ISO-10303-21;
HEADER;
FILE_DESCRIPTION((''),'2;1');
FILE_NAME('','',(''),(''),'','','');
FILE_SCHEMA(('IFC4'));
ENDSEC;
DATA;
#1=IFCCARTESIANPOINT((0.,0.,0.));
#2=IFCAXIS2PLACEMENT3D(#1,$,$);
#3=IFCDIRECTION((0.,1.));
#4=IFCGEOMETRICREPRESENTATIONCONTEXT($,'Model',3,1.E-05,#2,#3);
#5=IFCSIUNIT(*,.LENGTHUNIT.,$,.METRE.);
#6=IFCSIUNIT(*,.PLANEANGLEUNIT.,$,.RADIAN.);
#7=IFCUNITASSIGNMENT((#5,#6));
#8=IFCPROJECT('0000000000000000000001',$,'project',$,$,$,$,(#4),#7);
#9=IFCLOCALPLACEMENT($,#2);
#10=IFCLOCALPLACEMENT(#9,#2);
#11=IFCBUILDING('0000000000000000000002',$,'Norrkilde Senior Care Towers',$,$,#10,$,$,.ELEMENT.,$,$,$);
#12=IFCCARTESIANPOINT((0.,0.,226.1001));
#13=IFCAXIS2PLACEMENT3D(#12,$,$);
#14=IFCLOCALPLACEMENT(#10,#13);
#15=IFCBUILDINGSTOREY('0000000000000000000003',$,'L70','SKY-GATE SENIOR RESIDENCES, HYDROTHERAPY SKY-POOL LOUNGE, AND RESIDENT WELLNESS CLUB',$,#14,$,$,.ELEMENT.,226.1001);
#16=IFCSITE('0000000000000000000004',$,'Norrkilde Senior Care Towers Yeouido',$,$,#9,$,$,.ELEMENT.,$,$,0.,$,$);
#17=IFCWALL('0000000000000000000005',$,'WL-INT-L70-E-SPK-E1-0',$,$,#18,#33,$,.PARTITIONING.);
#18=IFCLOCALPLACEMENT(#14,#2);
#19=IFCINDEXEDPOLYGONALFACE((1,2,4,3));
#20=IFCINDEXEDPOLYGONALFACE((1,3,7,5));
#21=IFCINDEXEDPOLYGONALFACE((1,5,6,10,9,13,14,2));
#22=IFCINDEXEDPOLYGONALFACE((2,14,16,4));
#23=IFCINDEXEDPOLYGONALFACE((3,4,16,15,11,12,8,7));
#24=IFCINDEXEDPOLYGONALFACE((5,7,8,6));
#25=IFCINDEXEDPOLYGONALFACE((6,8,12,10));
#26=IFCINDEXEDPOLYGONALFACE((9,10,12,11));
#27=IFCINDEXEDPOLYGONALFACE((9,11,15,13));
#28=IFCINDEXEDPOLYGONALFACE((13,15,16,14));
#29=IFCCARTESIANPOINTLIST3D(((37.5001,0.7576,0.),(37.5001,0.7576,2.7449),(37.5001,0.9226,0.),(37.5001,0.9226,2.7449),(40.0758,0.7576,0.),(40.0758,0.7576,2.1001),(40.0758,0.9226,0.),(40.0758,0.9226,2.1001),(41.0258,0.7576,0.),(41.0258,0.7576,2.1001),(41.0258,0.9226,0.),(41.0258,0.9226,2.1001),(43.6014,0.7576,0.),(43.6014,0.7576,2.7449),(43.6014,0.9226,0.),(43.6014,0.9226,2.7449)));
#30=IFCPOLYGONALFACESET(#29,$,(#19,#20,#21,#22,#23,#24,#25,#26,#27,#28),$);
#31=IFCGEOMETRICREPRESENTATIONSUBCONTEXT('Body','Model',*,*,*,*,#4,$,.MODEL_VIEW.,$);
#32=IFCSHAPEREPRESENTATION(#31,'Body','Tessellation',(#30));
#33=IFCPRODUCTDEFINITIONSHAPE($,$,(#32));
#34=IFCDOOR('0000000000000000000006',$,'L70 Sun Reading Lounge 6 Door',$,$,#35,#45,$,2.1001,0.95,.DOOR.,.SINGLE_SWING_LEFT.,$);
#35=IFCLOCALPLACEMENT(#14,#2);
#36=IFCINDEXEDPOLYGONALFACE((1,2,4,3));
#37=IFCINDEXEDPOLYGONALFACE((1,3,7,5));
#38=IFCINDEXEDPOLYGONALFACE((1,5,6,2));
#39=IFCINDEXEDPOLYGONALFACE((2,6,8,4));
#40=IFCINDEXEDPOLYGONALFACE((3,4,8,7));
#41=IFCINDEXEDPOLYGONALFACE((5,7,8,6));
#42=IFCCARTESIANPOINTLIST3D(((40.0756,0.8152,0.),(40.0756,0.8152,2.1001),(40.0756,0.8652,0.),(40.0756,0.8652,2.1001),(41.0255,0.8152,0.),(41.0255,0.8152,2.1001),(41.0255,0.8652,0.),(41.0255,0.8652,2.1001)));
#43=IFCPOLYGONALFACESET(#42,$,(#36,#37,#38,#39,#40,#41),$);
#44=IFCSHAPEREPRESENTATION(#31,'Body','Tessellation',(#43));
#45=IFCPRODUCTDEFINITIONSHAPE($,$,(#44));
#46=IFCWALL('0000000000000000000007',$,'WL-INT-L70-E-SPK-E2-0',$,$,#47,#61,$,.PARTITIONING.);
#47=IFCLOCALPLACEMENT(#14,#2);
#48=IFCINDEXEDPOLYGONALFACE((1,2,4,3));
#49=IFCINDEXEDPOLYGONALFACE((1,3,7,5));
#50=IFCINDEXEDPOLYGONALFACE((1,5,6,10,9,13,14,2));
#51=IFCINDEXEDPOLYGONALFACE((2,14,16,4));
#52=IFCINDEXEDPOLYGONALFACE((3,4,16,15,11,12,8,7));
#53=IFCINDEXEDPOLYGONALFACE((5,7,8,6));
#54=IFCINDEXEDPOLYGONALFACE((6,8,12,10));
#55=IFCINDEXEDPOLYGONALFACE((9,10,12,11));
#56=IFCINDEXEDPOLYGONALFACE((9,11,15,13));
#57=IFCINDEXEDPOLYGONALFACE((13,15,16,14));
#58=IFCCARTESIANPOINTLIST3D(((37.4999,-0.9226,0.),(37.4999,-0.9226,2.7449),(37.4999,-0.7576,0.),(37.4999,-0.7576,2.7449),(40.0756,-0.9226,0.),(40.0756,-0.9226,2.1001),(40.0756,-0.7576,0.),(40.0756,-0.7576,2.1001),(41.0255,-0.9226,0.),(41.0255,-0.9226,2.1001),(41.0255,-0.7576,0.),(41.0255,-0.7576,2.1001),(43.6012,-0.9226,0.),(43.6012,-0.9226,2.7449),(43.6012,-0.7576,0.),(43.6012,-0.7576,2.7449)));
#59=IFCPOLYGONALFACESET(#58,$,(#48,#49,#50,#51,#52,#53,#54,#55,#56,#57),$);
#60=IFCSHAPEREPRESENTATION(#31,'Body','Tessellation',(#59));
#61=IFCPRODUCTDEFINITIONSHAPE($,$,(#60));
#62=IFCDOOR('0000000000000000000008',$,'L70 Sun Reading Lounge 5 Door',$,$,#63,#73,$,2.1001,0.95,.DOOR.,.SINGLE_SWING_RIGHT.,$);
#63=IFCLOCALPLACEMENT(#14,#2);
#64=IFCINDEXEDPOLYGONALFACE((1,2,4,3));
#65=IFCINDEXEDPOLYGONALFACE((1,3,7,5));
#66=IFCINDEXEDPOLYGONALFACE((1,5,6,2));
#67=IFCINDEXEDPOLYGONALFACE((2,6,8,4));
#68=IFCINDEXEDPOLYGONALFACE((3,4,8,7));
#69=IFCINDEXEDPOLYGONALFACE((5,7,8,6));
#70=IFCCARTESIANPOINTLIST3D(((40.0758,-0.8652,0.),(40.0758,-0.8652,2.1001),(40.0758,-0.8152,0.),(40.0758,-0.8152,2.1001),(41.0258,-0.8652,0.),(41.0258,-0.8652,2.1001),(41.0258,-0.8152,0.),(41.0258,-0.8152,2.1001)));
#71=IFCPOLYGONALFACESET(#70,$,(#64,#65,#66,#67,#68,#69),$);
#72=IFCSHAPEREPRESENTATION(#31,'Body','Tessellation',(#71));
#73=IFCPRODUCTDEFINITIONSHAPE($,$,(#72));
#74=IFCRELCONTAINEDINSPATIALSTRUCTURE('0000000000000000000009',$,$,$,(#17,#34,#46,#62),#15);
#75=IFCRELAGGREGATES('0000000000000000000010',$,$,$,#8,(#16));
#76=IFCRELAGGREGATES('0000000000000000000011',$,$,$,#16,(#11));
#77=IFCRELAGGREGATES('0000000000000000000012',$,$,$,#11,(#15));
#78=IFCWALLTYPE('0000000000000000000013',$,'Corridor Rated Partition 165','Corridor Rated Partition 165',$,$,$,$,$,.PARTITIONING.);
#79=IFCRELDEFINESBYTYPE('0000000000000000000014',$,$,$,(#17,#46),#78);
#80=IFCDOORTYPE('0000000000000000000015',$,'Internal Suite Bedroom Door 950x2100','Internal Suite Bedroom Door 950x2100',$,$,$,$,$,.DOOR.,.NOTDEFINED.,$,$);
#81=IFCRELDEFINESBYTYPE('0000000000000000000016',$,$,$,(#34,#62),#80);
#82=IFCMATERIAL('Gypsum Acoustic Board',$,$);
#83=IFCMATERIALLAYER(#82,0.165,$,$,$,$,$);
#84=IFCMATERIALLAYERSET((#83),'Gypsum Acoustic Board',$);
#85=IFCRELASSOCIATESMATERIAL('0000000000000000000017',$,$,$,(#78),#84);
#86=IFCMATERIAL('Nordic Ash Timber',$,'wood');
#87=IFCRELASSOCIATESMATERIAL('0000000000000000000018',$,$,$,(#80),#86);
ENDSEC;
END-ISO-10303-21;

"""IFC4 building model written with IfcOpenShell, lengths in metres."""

from ifc_helpers import new_model, si_unit, direction, frame, frame_2d, origin, place, context, subcontext, project, spatial, rectangle, extrude, source, transform, mapped, material, layer, layer_set, type_object, type_shapes, element, fill, save


model = new_model("IFC4")

# Units and contexts
model_context = context("Model", 3, precision=1e-05, world=origin(), true_north=direction((0.0, 1.0)))
body_context = subcontext(model_context, "Body", "Model", "MODEL_VIEW")
ifc_project = project(units=[si_unit("LENGTHUNIT", "METRE"), si_unit("PLANEANGLEUNIT", "RADIAN")], contexts=[model_context])

# Site, building, storey
site_placement = place(None, origin())
site = spatial("IfcSite", under=ifc_project, at=site_placement, Name="Norrkilde Senior Care Towers Yeouido", CompositionType="ELEMENT", RefElevation=0.0)
building_placement = place(site_placement, origin())
building = spatial("IfcBuilding", under=site, at=building_placement, Name="Norrkilde Senior Care Towers", CompositionType="ELEMENT")
storey_placement = place(building_placement, frame((0.0, 0.0, 226.1001)))
storey = spatial("IfcBuildingStorey", under=building, at=storey_placement, Name="L70", Description="SKY-GATE SENIOR RESIDENCES, HYDROTHERAPY SKY-POOL LOUNGE, AND RESIDENT WELLNESS CLUB", CompositionType="ELEMENT", Elevation=226.1001)

# Shared definitions
ifc_material_1 = material(Name="Gypsum Acoustic Board")
ifc_layer_1 = layer(ifc_material_1, 0.165)
ifc_layer_set_1 = layer_set([ifc_layer_1], Name="Gypsum Acoustic Board")
wall_type_1 = type_object("IfcWallType", Name="Corridor Rated Partition 165", Description="Corridor Rated Partition 165", PredefinedType="PARTITIONING", material=ifc_layer_set_1)

# Walls, openings, doors
ifc_material_2 = material(Name="Nordic Ash Timber", Category="wood")
shared_shape_1 = source(origin(), body_context, "Body", "SweptSolid", [
    extrude(rectangle(XDim=6.1013, YDim=0.165, at=frame_2d((3.0508, 0.0))), origin(), (0.0, 0.0, 1.0), 2.7449),
])
wall_1_placement = place(storey_placement, frame((37.5, 0.8401, 0.0), z_axis=(0.0, 0.0, 1.0), x_axis=(1.0, 0.0, 0.0)))
wall_1 = element("IfcWall", 1, at=wall_1_placement, inside=storey, type_object=wall_type_1, Name="WL-INT-L70-E-SPK-E1-0", PredefinedType="PARTITIONING", context=body_context, shape_type="MappedRepresentation", body=[
    mapped(shared_shape_1, transform((0.0, 0.0, 0.0), x_axis=(1.0, 0.0, 0.0), y_axis=(0.0, 1.0, 0.0), z_axis=(0.0, 0.0, 1.0), scale=1.0)),
])
opening_1_placement = place(wall_1_placement, frame((2.5757, 0.0, 0.0)))
opening_1 = element("IfcOpeningElement", 2, at=opening_1_placement, cuts=wall_1, PredefinedType="OPENING", context=body_context, shape_type="SweptSolid", body=[
    extrude(rectangle(XDim=0.95, YDim=2.1001, at=frame_2d((0.4751, 1.05))), frame((0.0, 0.0925, 0.0), z_axis=(0.0, -1.0, 0.0), x_axis=(1.0, 0.0, 0.0)), (0.0, 0.0, 1.0), 0.1851),
])
door_type_1 = type_object("IfcDoorType", Name="Internal Suite Bedroom Door 950x2100", Description="Internal Suite Bedroom Door 950x2100", OperationType="NOTDEFINED", PredefinedType="DOOR", material=ifc_material_2)
shared_shape_2 = source(origin(), body_context, "Body", "SweptSolid", [
    extrude(rectangle(XDim=0.95, YDim=2.1001, at=frame_2d((0.4751, 1.05))), frame((0.0, 0.0249, 0.0), z_axis=(0.0, -1.0, 0.0), x_axis=(1.0, 0.0, 0.0)), (0.0, 0.0, 1.0), 0.05),
])
type_shapes(door_type_1, [shared_shape_2])
door_1_placement = place(opening_1_placement, frame((0.95, 0.0, 0.0), z_axis=(0.0, 0.0, 1.0), x_axis=(-1.0, 0.0, 0.0)))
door_1 = element("IfcDoor", 3, at=door_1_placement, inside=storey, type_object=door_type_1, Name="L70 Sun Reading Lounge 6 Door", OperationType="SINGLE_SWING_LEFT", OverallHeight=2.1001, OverallWidth=0.95, PredefinedType="DOOR", context=body_context, shape_type="MappedRepresentation", body=[
    mapped(shared_shape_2, transform((0.0, 0.0, 0.0), x_axis=(1.0, 0.0, 0.0), y_axis=(0.0, 1.0, 0.0), z_axis=(0.0, 0.0, 1.0), scale=1.0)),
])
fill(opening_1, door_1)
wall_2_placement = place(storey_placement, frame((43.6013, -0.8401, 0.0), z_axis=(0.0, 0.0, 1.0), x_axis=(-1.0, 0.0, 0.0)))
wall_2 = element("IfcWall", 4, at=wall_2_placement, inside=storey, type_object=wall_type_1, Name="WL-INT-L70-E-SPK-E2-0", PredefinedType="PARTITIONING", context=body_context, shape_type="MappedRepresentation", body=[
    mapped(shared_shape_1, transform((0.0, 0.0, 0.0), x_axis=(1.0, 0.0, 0.0), y_axis=(0.0, 1.0, 0.0), z_axis=(0.0, 0.0, 1.0), scale=1.0)),
])
opening_2_placement = place(wall_2_placement, frame((2.5757, 0.0, 0.0)))
opening_2 = element("IfcOpeningElement", 5, at=opening_2_placement, cuts=wall_2, PredefinedType="OPENING", context=body_context, shape_type="SweptSolid", body=[
    extrude(rectangle(XDim=0.95, YDim=2.1001, at=frame_2d((0.4751, 1.05))), frame((0.0, 0.0925, 0.0), z_axis=(0.0, -1.0, 0.0), x_axis=(1.0, 0.0, 0.0)), (0.0, 0.0, 1.0), 0.1851),
])
door_2_placement = place(opening_2_placement, frame((0.95, 0.0, 0.0), z_axis=(0.0, 0.0, 1.0), x_axis=(-1.0, 0.0, 0.0)))
door_2 = element("IfcDoor", 6, at=door_2_placement, inside=storey, type_object=door_type_1, Name="L70 Sun Reading Lounge 5 Door", OperationType="SINGLE_SWING_RIGHT", OverallHeight=2.1001, OverallWidth=0.95, PredefinedType="DOOR", context=body_context, shape_type="MappedRepresentation", body=[
    mapped(shared_shape_2, transform((0.0, 0.0, 0.0), x_axis=(1.0, 0.0, 0.0), y_axis=(0.0, 1.0, 0.0), z_axis=(0.0, 0.0, 1.0), scale=1.0)),
])
fill(opening_2, door_2)

save(model, "model.ifc")
